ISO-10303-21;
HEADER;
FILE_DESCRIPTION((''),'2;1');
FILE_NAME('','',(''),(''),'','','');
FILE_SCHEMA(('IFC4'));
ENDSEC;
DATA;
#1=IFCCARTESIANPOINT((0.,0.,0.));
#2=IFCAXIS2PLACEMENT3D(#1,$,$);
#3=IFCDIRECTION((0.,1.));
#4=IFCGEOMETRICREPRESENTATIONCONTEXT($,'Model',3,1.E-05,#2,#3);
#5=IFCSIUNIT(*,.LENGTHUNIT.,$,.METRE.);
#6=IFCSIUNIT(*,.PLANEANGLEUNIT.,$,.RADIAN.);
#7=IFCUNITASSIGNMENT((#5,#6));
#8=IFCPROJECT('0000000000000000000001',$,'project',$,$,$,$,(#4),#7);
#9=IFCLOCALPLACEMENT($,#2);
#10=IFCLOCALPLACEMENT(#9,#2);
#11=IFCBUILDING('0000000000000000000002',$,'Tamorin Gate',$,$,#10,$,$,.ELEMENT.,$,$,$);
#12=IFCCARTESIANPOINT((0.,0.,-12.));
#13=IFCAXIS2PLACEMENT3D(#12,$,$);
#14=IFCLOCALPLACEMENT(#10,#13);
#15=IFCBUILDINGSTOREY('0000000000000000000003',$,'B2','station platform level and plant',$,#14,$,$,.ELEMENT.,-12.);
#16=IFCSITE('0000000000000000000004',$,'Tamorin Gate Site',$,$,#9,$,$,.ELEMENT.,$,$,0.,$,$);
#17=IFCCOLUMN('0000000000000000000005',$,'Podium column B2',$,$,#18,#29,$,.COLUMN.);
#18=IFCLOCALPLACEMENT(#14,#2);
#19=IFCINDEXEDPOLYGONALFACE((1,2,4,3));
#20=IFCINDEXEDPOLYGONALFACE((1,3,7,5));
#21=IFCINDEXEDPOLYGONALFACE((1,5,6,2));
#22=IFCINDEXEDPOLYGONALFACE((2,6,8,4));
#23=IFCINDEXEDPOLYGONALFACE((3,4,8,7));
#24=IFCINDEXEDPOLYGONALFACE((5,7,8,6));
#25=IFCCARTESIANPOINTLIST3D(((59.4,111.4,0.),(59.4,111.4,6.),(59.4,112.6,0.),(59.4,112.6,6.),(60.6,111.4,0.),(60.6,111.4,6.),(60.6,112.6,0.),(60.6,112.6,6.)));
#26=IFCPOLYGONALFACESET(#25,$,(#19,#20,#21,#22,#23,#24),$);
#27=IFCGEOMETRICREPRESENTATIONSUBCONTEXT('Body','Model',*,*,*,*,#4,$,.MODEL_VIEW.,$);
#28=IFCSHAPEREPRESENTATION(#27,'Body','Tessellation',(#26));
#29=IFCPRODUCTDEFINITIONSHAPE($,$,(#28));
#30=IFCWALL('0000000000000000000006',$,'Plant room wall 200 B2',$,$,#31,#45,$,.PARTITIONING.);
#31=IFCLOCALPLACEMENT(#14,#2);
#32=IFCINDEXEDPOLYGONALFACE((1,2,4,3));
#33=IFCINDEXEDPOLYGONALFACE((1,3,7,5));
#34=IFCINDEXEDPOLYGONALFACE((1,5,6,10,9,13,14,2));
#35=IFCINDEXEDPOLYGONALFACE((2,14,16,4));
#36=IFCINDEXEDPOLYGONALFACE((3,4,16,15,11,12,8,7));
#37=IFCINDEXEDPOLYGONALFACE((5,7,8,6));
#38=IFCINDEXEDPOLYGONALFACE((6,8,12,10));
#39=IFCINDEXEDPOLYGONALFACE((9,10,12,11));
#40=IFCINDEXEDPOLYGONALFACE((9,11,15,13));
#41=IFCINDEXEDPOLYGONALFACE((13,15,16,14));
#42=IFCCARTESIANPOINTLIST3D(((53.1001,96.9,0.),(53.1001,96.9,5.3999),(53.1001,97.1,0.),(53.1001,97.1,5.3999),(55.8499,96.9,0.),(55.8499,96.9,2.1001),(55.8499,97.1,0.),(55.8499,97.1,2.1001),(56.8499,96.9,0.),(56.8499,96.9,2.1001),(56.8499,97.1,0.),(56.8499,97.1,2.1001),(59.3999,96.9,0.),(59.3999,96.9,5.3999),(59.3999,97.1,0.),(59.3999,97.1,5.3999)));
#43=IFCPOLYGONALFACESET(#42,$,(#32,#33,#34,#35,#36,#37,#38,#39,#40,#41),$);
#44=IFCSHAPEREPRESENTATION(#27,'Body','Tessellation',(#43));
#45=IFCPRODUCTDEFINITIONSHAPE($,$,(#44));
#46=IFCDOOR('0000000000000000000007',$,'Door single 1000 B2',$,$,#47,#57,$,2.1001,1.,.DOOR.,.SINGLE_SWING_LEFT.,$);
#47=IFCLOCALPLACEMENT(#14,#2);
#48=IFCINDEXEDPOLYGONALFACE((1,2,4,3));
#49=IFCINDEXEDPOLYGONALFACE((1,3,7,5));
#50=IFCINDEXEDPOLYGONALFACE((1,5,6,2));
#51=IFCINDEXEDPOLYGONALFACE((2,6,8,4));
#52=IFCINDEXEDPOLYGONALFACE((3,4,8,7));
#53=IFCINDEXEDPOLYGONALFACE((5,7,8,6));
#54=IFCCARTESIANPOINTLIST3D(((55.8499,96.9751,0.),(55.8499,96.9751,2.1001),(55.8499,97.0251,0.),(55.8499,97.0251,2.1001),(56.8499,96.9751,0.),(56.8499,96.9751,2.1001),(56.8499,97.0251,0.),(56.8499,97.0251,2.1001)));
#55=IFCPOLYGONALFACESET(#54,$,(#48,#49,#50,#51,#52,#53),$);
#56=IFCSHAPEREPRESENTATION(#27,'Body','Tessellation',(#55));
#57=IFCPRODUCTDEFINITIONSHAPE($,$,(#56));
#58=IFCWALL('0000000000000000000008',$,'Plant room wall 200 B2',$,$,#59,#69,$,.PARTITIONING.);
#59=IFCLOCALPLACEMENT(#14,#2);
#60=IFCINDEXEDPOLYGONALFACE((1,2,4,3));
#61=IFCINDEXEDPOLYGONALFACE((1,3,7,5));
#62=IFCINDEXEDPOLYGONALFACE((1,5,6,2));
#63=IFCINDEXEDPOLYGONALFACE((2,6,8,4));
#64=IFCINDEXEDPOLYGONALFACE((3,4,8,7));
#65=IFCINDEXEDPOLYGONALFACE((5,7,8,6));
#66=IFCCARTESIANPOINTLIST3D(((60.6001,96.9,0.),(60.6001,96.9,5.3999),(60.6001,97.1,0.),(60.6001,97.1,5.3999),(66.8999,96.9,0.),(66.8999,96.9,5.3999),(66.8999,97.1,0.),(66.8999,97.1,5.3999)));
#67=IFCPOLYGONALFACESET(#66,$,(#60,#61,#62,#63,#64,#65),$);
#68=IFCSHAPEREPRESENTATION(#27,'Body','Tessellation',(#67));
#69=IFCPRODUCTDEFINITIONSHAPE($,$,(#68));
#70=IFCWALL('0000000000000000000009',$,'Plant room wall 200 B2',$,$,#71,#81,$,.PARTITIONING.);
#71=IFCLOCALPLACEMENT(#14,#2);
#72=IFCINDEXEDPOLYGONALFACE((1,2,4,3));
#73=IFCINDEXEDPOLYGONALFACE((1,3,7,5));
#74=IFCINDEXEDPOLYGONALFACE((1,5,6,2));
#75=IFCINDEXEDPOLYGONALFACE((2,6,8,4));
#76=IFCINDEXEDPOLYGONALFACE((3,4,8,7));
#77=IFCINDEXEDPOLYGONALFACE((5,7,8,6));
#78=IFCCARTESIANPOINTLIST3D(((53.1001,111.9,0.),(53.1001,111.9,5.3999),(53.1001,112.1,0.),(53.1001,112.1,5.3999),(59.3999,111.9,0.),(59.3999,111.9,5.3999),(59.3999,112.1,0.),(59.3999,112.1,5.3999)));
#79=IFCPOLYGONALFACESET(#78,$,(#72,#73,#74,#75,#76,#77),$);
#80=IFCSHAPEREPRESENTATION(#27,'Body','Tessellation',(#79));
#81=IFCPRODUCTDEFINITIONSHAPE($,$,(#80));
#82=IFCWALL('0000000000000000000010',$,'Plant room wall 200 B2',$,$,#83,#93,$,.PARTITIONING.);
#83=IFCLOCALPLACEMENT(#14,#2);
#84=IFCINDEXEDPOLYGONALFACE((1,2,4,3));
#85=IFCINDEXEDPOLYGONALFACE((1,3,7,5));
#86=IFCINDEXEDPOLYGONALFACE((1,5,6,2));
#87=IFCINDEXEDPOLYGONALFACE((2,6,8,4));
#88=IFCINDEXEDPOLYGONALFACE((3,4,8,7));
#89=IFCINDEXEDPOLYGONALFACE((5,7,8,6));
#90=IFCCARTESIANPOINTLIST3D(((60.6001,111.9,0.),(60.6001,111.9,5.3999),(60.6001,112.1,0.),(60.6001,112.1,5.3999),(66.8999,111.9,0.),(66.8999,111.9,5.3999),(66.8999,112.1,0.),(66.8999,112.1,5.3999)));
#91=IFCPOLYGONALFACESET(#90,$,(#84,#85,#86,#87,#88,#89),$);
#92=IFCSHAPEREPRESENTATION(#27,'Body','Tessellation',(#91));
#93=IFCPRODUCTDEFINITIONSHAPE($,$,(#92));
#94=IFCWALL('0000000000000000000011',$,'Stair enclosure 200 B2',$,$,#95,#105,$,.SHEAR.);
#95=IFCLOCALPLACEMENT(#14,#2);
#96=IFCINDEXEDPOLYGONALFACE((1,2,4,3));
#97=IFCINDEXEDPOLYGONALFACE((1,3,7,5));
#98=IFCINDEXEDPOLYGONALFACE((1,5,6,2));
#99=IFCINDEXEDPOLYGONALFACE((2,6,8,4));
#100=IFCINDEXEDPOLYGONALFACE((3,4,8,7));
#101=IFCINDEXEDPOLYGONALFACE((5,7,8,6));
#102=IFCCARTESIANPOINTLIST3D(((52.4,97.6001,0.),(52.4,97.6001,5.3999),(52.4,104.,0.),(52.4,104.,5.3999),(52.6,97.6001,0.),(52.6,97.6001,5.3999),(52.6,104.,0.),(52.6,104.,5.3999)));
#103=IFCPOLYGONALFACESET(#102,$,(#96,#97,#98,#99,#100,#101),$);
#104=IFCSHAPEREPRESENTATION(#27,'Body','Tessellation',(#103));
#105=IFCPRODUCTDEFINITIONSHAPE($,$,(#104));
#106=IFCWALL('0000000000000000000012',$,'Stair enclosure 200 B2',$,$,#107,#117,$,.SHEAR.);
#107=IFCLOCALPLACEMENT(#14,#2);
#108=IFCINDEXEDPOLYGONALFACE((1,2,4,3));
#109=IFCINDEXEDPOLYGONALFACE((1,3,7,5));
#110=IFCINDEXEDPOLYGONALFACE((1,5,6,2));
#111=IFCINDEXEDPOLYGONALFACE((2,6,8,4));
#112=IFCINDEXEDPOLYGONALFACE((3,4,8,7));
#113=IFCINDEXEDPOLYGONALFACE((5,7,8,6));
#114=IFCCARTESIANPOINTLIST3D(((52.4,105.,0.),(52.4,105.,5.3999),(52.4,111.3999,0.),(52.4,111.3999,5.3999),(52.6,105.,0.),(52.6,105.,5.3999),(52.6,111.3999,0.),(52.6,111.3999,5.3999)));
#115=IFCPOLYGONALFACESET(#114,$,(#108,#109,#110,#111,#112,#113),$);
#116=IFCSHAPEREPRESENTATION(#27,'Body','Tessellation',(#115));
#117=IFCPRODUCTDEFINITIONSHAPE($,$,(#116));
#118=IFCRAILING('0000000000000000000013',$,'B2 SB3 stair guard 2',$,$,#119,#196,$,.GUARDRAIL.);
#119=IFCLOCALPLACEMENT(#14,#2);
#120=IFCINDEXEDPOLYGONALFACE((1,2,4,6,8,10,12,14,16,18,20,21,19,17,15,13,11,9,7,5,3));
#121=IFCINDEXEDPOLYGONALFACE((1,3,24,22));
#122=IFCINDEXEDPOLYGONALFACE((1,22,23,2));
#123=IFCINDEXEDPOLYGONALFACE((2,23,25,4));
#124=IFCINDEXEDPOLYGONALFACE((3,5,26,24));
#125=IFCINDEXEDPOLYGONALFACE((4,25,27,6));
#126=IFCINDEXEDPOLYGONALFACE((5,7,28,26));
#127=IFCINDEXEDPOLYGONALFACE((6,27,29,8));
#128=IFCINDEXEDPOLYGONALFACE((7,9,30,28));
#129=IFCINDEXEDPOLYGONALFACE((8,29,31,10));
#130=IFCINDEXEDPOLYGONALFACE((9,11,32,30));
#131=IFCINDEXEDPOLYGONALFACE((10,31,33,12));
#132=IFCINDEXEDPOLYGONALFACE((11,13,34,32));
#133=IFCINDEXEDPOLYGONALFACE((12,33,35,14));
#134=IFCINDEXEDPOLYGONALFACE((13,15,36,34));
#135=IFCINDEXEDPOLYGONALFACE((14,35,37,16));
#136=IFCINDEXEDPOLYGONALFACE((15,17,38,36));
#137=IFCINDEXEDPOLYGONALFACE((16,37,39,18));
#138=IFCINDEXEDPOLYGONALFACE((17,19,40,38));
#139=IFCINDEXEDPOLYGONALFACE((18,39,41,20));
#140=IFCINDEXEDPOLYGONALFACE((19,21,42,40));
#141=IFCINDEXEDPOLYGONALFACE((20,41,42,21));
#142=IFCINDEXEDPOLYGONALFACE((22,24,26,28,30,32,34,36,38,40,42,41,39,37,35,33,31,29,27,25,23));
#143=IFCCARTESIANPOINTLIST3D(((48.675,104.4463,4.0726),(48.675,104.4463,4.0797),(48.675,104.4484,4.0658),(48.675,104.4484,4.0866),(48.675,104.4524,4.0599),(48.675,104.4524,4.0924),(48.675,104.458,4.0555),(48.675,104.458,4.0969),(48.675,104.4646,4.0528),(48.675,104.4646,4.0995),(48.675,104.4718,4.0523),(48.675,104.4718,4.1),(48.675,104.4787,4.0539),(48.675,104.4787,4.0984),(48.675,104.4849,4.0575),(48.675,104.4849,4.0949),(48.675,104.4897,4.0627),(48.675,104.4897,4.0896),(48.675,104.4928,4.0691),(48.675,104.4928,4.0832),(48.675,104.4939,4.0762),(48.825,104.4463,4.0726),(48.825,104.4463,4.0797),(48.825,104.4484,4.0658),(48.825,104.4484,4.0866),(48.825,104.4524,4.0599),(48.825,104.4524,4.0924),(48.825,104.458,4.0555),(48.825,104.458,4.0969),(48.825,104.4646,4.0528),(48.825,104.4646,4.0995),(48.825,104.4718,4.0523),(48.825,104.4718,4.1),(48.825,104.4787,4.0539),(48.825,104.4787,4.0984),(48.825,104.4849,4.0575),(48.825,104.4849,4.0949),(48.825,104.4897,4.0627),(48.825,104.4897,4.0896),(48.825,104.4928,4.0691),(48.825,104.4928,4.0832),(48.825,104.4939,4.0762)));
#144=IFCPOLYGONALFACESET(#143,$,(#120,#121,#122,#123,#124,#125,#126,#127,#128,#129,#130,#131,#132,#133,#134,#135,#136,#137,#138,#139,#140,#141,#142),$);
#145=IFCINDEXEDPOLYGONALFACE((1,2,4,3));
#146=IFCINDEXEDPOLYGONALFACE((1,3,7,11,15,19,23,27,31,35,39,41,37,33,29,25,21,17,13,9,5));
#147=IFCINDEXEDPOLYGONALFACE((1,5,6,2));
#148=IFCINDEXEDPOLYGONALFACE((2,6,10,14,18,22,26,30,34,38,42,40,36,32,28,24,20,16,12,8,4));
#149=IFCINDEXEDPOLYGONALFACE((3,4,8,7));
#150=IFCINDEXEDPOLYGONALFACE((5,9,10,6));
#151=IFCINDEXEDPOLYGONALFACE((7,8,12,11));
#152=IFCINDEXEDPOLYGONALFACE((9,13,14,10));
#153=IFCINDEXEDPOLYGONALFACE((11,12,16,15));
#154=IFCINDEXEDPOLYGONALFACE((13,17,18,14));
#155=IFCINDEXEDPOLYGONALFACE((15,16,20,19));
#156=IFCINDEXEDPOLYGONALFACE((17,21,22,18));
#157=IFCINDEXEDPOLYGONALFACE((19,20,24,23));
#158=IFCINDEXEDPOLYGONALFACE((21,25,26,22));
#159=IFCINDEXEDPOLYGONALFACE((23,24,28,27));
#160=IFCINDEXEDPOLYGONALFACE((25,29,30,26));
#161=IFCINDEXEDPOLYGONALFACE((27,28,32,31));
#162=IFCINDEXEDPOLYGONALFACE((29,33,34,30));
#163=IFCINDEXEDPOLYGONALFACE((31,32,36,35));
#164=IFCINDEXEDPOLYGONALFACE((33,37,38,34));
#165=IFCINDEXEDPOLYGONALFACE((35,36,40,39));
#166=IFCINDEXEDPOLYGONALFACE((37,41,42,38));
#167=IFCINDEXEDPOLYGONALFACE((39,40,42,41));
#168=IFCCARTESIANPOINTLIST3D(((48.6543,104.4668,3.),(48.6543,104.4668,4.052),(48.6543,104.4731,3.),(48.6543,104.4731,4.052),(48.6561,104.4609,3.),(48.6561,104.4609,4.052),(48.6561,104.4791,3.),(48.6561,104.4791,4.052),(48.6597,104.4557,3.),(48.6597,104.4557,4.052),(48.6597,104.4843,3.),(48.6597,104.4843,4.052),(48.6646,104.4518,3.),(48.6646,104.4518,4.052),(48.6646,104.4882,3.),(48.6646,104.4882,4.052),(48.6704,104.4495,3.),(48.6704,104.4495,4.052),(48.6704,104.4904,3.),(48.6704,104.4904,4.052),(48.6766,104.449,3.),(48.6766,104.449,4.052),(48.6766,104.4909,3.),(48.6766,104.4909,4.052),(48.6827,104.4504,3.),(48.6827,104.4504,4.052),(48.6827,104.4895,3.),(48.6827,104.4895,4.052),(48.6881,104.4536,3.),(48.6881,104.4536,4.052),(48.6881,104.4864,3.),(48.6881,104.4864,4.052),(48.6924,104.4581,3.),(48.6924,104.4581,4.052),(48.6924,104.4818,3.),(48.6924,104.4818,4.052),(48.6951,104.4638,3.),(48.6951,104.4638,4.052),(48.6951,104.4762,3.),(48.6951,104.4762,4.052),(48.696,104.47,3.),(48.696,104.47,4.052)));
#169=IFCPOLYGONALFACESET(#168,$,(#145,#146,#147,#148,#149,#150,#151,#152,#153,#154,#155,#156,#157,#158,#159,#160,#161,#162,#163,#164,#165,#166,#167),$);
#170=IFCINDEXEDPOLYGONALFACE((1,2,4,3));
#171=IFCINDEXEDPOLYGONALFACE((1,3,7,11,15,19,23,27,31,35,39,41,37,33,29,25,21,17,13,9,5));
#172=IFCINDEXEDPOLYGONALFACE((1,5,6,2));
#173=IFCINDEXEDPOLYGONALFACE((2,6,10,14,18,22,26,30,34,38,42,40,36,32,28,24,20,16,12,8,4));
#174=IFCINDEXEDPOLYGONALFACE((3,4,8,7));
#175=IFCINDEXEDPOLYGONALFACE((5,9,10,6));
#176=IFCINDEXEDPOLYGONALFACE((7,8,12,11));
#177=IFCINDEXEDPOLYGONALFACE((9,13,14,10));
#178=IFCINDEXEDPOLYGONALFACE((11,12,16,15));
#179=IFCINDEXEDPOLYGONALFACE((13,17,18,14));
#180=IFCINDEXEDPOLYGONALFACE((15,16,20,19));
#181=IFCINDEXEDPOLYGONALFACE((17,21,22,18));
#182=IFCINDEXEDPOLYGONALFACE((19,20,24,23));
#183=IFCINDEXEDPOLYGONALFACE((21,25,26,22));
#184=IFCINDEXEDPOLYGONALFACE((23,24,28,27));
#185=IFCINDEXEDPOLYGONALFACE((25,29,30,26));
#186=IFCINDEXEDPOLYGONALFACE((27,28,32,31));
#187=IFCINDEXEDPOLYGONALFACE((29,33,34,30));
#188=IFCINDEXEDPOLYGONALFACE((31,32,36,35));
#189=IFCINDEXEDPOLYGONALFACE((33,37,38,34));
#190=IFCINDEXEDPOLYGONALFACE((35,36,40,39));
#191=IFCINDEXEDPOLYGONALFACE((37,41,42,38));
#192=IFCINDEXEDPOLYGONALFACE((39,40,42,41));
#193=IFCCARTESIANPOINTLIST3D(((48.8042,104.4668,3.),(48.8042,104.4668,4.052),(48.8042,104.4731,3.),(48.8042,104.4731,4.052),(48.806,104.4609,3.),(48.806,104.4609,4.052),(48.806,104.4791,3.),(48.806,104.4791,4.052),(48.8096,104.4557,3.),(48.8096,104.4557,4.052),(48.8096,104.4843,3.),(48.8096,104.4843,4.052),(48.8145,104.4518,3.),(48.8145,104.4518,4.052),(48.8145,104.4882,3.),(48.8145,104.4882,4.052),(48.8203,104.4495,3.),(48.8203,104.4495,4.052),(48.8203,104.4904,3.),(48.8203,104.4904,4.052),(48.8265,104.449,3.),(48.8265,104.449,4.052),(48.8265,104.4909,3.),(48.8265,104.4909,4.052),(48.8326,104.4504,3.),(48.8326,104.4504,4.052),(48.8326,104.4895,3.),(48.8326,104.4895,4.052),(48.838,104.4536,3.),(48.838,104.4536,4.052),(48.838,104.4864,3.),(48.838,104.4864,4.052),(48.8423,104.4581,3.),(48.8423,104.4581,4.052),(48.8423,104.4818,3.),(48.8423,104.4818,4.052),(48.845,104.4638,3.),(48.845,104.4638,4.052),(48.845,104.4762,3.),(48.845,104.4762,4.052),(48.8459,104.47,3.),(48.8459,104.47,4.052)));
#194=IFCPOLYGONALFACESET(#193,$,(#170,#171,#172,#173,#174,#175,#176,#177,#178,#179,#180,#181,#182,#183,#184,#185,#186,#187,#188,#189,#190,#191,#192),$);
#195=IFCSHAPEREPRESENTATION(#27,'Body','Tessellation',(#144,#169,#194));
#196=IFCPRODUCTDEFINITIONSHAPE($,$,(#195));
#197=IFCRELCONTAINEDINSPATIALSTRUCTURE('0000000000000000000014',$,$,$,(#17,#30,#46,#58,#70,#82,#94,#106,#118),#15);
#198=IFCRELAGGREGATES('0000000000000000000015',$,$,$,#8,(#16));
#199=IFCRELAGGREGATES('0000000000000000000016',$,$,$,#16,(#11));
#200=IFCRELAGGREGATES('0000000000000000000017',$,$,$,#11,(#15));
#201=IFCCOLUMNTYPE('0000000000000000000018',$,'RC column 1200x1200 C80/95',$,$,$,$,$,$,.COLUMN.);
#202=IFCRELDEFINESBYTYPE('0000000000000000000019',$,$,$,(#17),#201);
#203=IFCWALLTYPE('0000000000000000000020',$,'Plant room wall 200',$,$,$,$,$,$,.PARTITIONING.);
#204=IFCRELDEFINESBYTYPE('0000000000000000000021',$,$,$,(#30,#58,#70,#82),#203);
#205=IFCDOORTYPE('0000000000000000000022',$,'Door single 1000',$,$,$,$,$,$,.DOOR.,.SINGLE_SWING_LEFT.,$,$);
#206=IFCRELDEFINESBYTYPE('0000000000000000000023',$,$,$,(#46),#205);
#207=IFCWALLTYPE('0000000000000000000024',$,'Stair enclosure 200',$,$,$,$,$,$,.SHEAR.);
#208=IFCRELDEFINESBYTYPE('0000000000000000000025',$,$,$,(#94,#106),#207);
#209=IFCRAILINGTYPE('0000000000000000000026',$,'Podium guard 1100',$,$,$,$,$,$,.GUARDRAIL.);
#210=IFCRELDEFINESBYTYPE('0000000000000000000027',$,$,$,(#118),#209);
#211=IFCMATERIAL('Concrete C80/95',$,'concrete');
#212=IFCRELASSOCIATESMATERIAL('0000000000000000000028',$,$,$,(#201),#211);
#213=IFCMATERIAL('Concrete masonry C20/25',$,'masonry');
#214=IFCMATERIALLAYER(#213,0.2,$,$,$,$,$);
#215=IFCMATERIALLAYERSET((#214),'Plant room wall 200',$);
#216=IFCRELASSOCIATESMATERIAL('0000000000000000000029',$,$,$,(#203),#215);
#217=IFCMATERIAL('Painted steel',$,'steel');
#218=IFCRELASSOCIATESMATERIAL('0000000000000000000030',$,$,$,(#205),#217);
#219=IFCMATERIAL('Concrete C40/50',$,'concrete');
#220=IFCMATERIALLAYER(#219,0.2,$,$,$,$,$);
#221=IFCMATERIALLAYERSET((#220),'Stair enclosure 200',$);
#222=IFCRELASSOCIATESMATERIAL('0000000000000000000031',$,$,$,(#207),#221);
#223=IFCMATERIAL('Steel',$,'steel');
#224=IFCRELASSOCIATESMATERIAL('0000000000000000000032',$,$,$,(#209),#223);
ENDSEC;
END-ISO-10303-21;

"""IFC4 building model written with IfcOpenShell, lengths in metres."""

from ifc_helpers import new_model, si_unit, direction, frame, frame_2d, origin, origin_2d, place, context, subcontext, project, spatial, rectangle, circle, extrude, material, layer, layer_set, material_profile, profile_set, type_object, element, fill, save


model = new_model("IFC4")

# Units and contexts
model_context = context("Model", 3, precision=1e-05, world=origin(), true_north=direction((0.0, 1.0)))
body_context = subcontext(model_context, "Body", "Model", "MODEL_VIEW")
ifc_project = project(units=[si_unit("LENGTHUNIT", "METRE"), si_unit("PLANEANGLEUNIT", "RADIAN")], contexts=[model_context])

# Site, building, storey
site_placement = place(None, origin())
site = spatial("IfcSite", under=ifc_project, at=site_placement, Name="Tamorin Gate Site", CompositionType="ELEMENT", RefElevation=0.0)
building_placement = place(site_placement, origin())
building = spatial("IfcBuilding", under=site, at=building_placement, Name="Tamorin Gate", CompositionType="ELEMENT")
storey_placement = place(building_placement, frame((0.0, 0.0, -12.0)))
storey = spatial("IfcBuildingStorey", under=building, at=storey_placement, Name="B2", Description="station platform level and plant", CompositionType="ELEMENT", Elevation=-12.0)

# Shared definitions
ifc_material_1 = material(Name="Concrete C40/50", Category="concrete")

# Column
ifc_material_2 = material(Name="Concrete C80/95", Category="concrete")
ifc_material_profile_1 = material_profile(ifc_material_2, rectangle(XDim=1.2, YDim=1.2, at=origin_2d()), Name="RC 1200x1200")
ifc_profile_set_1 = profile_set([ifc_material_profile_1], Name="Concrete C80/95")
column_type_1 = type_object("IfcColumnType", Name="RC column 1200x1200 C80/95", PredefinedType="COLUMN", material=ifc_profile_set_1)
for number, where, z_axis, x_axis, name in (
    (1, (60.0, 112.0, 0.0), (0.0, 0.0, 1.0), (1.0, 0.0, 0.0), "Podium column B2"),
):
    element("IfcColumn", number, at=place(storey_placement, frame(where, z_axis=z_axis, x_axis=x_axis)), inside=storey, type_object=column_type_1, Name=name, PredefinedType="COLUMN", context=body_context, shape_type="SweptSolid", body=[
        extrude(rectangle(XDim=1.2, YDim=1.2, at=origin_2d()), origin(), (0.0, 0.0, 1.0), 6.0),
    ])

# Wall, opening, door
ifc_material_3 = material(Name="Concrete masonry C20/25", Category="masonry")
ifc_layer_1 = layer(ifc_material_3, 0.2)
ifc_layer_set_1 = layer_set([ifc_layer_1], Name="Plant room wall 200")
wall_type_1 = type_object("IfcWallType", Name="Plant room wall 200", PredefinedType="PARTITIONING", material=ifc_layer_set_1)
wall_placement = place(storey_placement, frame((59.3999, 97.0, 0.0), z_axis=(0.0, 0.0, 1.0), x_axis=(-1.0, 0.0, 0.0)))
wall = element("IfcWall", 2, at=wall_placement, inside=storey, type_object=wall_type_1, Name="Plant room wall 200 B2", PredefinedType="PARTITIONING", context=body_context, shape_type="SweptSolid", body=[
    extrude(rectangle(XDim=6.2998, YDim=0.2, at=frame_2d((3.1499, 0.0))), origin(), (0.0, 0.0, 1.0), 5.3999),
])
opening_placement = place(wall_placement, frame((2.55, 0.0, 0.0)))
opening = element("IfcOpeningElement", 3, at=opening_placement, cuts=wall, PredefinedType="OPENING", context=body_context, shape_type="SweptSolid", body=[
    extrude(rectangle(XDim=1.0, YDim=2.1001, at=frame_2d((0.5, 1.05))), frame((0.0, 0.1099, 0.0), z_axis=(0.0, -1.0, 0.0), x_axis=(1.0, 0.0, 0.0)), (0.0, 0.0, 1.0), 0.22),
])
ifc_material_4 = material(Name="Painted steel", Category="steel")
door_type = type_object("IfcDoorType", Name="Door single 1000", OperationType="SINGLE_SWING_LEFT", PredefinedType="DOOR", material=ifc_material_4)
door_placement = place(opening_placement, origin())
door = element("IfcDoor", 4, at=door_placement, inside=storey, type_object=door_type, Name="Door single 1000 B2", OperationType="SINGLE_SWING_LEFT", OverallHeight=2.1001, OverallWidth=1.0, PredefinedType="DOOR", context=body_context, shape_type="SweptSolid", body=[
    extrude(rectangle(XDim=1.0, YDim=2.1001, at=frame_2d((0.5, 1.05))), frame((0.0, 0.0249, 0.0), z_axis=(0.0, -1.0, 0.0), x_axis=(1.0, 0.0, 0.0)), (0.0, 0.0, 1.0), 0.05),
])
fill(opening, door)

# Walls
for number, where, z_axis, x_axis, name in (
    (5, (60.6001, 97.0, 0.0), (0.0, 0.0, 1.0), (1.0, 0.0, 0.0), "Plant room wall 200 B2"),
    (6, (53.1001, 112.0, 0.0), (0.0, 0.0, 1.0), (1.0, 0.0, 0.0), "Plant room wall 200 B2"),
    (7, (60.6001, 112.0, 0.0), (0.0, 0.0, 1.0), (1.0, 0.0, 0.0), "Plant room wall 200 B2"),
):
    element("IfcWall", number, at=place(storey_placement, frame(where, z_axis=z_axis, x_axis=x_axis)), inside=storey, type_object=wall_type_1, Name=name, PredefinedType="PARTITIONING", context=body_context, shape_type="SweptSolid", body=[
        extrude(rectangle(XDim=6.2998, YDim=0.2, at=frame_2d((3.1499, 0.0))), origin(), (0.0, 0.0, 1.0), 5.3999),
    ])
ifc_layer_2 = layer(ifc_material_1, 0.2)
ifc_layer_set_2 = layer_set([ifc_layer_2], Name="Stair enclosure 200")
wall_type_2 = type_object("IfcWallType", Name="Stair enclosure 200", PredefinedType="SHEAR", material=ifc_layer_set_2)
for number, where, z_axis, x_axis, name in (
    (8, (52.5, 97.6001, 0.0), (0.0, 0.0, 1.0), (0.0, 1.0, 0.0), "Stair enclosure 200 B2"),
    (9, (52.5, 105.0, 0.0), (0.0, 0.0, 1.0), (0.0, 1.0, 0.0), "Stair enclosure 200 B2"),
):
    element("IfcWall", number, at=place(storey_placement, frame(where, z_axis=z_axis, x_axis=x_axis)), inside=storey, type_object=wall_type_2, Name=name, PredefinedType="SHEAR", context=body_context, shape_type="SweptSolid", body=[
        extrude(rectangle(XDim=6.3999, YDim=0.2, at=frame_2d((3.2, 0.0))), origin(), (0.0, 0.0, 1.0), 5.3999),
    ])

# Railing
ifc_material_5 = material(Name="Steel", Category="steel")
railing_type_1 = type_object("IfcRailingType", Name="Podium guard 1100", PredefinedType="GUARDRAIL", material=ifc_material_5)
railing_1_placement = place(storey_placement, frame((48.675, 104.47, 3.0)))
element("IfcRailing", 10, at=railing_1_placement, inside=storey, type_object=railing_type_1, Name="B2 SB3 stair guard 2", PredefinedType="GUARDRAIL", context=body_context, shape_type="SweptSolid", body=[
    extrude(circle(Radius=0.0239, at=origin_2d()), frame((0.0, 0.0, 1.0762), z_axis=(1.0, 0.0, 0.0), x_axis=(0.0, 1.0, 0.0)), (0.0, 0.0, 1.0), 0.1499),
    extrude(circle(Radius=0.021, at=origin_2d()), origin(), (0.0, 0.0, 1.0), 1.052),
    extrude(circle(Radius=0.021, at=origin_2d()), frame((0.1499, 0.0, 0.0)), (0.0, 0.0, 1.0), 1.052),
])

save(model, "model.ifc")
